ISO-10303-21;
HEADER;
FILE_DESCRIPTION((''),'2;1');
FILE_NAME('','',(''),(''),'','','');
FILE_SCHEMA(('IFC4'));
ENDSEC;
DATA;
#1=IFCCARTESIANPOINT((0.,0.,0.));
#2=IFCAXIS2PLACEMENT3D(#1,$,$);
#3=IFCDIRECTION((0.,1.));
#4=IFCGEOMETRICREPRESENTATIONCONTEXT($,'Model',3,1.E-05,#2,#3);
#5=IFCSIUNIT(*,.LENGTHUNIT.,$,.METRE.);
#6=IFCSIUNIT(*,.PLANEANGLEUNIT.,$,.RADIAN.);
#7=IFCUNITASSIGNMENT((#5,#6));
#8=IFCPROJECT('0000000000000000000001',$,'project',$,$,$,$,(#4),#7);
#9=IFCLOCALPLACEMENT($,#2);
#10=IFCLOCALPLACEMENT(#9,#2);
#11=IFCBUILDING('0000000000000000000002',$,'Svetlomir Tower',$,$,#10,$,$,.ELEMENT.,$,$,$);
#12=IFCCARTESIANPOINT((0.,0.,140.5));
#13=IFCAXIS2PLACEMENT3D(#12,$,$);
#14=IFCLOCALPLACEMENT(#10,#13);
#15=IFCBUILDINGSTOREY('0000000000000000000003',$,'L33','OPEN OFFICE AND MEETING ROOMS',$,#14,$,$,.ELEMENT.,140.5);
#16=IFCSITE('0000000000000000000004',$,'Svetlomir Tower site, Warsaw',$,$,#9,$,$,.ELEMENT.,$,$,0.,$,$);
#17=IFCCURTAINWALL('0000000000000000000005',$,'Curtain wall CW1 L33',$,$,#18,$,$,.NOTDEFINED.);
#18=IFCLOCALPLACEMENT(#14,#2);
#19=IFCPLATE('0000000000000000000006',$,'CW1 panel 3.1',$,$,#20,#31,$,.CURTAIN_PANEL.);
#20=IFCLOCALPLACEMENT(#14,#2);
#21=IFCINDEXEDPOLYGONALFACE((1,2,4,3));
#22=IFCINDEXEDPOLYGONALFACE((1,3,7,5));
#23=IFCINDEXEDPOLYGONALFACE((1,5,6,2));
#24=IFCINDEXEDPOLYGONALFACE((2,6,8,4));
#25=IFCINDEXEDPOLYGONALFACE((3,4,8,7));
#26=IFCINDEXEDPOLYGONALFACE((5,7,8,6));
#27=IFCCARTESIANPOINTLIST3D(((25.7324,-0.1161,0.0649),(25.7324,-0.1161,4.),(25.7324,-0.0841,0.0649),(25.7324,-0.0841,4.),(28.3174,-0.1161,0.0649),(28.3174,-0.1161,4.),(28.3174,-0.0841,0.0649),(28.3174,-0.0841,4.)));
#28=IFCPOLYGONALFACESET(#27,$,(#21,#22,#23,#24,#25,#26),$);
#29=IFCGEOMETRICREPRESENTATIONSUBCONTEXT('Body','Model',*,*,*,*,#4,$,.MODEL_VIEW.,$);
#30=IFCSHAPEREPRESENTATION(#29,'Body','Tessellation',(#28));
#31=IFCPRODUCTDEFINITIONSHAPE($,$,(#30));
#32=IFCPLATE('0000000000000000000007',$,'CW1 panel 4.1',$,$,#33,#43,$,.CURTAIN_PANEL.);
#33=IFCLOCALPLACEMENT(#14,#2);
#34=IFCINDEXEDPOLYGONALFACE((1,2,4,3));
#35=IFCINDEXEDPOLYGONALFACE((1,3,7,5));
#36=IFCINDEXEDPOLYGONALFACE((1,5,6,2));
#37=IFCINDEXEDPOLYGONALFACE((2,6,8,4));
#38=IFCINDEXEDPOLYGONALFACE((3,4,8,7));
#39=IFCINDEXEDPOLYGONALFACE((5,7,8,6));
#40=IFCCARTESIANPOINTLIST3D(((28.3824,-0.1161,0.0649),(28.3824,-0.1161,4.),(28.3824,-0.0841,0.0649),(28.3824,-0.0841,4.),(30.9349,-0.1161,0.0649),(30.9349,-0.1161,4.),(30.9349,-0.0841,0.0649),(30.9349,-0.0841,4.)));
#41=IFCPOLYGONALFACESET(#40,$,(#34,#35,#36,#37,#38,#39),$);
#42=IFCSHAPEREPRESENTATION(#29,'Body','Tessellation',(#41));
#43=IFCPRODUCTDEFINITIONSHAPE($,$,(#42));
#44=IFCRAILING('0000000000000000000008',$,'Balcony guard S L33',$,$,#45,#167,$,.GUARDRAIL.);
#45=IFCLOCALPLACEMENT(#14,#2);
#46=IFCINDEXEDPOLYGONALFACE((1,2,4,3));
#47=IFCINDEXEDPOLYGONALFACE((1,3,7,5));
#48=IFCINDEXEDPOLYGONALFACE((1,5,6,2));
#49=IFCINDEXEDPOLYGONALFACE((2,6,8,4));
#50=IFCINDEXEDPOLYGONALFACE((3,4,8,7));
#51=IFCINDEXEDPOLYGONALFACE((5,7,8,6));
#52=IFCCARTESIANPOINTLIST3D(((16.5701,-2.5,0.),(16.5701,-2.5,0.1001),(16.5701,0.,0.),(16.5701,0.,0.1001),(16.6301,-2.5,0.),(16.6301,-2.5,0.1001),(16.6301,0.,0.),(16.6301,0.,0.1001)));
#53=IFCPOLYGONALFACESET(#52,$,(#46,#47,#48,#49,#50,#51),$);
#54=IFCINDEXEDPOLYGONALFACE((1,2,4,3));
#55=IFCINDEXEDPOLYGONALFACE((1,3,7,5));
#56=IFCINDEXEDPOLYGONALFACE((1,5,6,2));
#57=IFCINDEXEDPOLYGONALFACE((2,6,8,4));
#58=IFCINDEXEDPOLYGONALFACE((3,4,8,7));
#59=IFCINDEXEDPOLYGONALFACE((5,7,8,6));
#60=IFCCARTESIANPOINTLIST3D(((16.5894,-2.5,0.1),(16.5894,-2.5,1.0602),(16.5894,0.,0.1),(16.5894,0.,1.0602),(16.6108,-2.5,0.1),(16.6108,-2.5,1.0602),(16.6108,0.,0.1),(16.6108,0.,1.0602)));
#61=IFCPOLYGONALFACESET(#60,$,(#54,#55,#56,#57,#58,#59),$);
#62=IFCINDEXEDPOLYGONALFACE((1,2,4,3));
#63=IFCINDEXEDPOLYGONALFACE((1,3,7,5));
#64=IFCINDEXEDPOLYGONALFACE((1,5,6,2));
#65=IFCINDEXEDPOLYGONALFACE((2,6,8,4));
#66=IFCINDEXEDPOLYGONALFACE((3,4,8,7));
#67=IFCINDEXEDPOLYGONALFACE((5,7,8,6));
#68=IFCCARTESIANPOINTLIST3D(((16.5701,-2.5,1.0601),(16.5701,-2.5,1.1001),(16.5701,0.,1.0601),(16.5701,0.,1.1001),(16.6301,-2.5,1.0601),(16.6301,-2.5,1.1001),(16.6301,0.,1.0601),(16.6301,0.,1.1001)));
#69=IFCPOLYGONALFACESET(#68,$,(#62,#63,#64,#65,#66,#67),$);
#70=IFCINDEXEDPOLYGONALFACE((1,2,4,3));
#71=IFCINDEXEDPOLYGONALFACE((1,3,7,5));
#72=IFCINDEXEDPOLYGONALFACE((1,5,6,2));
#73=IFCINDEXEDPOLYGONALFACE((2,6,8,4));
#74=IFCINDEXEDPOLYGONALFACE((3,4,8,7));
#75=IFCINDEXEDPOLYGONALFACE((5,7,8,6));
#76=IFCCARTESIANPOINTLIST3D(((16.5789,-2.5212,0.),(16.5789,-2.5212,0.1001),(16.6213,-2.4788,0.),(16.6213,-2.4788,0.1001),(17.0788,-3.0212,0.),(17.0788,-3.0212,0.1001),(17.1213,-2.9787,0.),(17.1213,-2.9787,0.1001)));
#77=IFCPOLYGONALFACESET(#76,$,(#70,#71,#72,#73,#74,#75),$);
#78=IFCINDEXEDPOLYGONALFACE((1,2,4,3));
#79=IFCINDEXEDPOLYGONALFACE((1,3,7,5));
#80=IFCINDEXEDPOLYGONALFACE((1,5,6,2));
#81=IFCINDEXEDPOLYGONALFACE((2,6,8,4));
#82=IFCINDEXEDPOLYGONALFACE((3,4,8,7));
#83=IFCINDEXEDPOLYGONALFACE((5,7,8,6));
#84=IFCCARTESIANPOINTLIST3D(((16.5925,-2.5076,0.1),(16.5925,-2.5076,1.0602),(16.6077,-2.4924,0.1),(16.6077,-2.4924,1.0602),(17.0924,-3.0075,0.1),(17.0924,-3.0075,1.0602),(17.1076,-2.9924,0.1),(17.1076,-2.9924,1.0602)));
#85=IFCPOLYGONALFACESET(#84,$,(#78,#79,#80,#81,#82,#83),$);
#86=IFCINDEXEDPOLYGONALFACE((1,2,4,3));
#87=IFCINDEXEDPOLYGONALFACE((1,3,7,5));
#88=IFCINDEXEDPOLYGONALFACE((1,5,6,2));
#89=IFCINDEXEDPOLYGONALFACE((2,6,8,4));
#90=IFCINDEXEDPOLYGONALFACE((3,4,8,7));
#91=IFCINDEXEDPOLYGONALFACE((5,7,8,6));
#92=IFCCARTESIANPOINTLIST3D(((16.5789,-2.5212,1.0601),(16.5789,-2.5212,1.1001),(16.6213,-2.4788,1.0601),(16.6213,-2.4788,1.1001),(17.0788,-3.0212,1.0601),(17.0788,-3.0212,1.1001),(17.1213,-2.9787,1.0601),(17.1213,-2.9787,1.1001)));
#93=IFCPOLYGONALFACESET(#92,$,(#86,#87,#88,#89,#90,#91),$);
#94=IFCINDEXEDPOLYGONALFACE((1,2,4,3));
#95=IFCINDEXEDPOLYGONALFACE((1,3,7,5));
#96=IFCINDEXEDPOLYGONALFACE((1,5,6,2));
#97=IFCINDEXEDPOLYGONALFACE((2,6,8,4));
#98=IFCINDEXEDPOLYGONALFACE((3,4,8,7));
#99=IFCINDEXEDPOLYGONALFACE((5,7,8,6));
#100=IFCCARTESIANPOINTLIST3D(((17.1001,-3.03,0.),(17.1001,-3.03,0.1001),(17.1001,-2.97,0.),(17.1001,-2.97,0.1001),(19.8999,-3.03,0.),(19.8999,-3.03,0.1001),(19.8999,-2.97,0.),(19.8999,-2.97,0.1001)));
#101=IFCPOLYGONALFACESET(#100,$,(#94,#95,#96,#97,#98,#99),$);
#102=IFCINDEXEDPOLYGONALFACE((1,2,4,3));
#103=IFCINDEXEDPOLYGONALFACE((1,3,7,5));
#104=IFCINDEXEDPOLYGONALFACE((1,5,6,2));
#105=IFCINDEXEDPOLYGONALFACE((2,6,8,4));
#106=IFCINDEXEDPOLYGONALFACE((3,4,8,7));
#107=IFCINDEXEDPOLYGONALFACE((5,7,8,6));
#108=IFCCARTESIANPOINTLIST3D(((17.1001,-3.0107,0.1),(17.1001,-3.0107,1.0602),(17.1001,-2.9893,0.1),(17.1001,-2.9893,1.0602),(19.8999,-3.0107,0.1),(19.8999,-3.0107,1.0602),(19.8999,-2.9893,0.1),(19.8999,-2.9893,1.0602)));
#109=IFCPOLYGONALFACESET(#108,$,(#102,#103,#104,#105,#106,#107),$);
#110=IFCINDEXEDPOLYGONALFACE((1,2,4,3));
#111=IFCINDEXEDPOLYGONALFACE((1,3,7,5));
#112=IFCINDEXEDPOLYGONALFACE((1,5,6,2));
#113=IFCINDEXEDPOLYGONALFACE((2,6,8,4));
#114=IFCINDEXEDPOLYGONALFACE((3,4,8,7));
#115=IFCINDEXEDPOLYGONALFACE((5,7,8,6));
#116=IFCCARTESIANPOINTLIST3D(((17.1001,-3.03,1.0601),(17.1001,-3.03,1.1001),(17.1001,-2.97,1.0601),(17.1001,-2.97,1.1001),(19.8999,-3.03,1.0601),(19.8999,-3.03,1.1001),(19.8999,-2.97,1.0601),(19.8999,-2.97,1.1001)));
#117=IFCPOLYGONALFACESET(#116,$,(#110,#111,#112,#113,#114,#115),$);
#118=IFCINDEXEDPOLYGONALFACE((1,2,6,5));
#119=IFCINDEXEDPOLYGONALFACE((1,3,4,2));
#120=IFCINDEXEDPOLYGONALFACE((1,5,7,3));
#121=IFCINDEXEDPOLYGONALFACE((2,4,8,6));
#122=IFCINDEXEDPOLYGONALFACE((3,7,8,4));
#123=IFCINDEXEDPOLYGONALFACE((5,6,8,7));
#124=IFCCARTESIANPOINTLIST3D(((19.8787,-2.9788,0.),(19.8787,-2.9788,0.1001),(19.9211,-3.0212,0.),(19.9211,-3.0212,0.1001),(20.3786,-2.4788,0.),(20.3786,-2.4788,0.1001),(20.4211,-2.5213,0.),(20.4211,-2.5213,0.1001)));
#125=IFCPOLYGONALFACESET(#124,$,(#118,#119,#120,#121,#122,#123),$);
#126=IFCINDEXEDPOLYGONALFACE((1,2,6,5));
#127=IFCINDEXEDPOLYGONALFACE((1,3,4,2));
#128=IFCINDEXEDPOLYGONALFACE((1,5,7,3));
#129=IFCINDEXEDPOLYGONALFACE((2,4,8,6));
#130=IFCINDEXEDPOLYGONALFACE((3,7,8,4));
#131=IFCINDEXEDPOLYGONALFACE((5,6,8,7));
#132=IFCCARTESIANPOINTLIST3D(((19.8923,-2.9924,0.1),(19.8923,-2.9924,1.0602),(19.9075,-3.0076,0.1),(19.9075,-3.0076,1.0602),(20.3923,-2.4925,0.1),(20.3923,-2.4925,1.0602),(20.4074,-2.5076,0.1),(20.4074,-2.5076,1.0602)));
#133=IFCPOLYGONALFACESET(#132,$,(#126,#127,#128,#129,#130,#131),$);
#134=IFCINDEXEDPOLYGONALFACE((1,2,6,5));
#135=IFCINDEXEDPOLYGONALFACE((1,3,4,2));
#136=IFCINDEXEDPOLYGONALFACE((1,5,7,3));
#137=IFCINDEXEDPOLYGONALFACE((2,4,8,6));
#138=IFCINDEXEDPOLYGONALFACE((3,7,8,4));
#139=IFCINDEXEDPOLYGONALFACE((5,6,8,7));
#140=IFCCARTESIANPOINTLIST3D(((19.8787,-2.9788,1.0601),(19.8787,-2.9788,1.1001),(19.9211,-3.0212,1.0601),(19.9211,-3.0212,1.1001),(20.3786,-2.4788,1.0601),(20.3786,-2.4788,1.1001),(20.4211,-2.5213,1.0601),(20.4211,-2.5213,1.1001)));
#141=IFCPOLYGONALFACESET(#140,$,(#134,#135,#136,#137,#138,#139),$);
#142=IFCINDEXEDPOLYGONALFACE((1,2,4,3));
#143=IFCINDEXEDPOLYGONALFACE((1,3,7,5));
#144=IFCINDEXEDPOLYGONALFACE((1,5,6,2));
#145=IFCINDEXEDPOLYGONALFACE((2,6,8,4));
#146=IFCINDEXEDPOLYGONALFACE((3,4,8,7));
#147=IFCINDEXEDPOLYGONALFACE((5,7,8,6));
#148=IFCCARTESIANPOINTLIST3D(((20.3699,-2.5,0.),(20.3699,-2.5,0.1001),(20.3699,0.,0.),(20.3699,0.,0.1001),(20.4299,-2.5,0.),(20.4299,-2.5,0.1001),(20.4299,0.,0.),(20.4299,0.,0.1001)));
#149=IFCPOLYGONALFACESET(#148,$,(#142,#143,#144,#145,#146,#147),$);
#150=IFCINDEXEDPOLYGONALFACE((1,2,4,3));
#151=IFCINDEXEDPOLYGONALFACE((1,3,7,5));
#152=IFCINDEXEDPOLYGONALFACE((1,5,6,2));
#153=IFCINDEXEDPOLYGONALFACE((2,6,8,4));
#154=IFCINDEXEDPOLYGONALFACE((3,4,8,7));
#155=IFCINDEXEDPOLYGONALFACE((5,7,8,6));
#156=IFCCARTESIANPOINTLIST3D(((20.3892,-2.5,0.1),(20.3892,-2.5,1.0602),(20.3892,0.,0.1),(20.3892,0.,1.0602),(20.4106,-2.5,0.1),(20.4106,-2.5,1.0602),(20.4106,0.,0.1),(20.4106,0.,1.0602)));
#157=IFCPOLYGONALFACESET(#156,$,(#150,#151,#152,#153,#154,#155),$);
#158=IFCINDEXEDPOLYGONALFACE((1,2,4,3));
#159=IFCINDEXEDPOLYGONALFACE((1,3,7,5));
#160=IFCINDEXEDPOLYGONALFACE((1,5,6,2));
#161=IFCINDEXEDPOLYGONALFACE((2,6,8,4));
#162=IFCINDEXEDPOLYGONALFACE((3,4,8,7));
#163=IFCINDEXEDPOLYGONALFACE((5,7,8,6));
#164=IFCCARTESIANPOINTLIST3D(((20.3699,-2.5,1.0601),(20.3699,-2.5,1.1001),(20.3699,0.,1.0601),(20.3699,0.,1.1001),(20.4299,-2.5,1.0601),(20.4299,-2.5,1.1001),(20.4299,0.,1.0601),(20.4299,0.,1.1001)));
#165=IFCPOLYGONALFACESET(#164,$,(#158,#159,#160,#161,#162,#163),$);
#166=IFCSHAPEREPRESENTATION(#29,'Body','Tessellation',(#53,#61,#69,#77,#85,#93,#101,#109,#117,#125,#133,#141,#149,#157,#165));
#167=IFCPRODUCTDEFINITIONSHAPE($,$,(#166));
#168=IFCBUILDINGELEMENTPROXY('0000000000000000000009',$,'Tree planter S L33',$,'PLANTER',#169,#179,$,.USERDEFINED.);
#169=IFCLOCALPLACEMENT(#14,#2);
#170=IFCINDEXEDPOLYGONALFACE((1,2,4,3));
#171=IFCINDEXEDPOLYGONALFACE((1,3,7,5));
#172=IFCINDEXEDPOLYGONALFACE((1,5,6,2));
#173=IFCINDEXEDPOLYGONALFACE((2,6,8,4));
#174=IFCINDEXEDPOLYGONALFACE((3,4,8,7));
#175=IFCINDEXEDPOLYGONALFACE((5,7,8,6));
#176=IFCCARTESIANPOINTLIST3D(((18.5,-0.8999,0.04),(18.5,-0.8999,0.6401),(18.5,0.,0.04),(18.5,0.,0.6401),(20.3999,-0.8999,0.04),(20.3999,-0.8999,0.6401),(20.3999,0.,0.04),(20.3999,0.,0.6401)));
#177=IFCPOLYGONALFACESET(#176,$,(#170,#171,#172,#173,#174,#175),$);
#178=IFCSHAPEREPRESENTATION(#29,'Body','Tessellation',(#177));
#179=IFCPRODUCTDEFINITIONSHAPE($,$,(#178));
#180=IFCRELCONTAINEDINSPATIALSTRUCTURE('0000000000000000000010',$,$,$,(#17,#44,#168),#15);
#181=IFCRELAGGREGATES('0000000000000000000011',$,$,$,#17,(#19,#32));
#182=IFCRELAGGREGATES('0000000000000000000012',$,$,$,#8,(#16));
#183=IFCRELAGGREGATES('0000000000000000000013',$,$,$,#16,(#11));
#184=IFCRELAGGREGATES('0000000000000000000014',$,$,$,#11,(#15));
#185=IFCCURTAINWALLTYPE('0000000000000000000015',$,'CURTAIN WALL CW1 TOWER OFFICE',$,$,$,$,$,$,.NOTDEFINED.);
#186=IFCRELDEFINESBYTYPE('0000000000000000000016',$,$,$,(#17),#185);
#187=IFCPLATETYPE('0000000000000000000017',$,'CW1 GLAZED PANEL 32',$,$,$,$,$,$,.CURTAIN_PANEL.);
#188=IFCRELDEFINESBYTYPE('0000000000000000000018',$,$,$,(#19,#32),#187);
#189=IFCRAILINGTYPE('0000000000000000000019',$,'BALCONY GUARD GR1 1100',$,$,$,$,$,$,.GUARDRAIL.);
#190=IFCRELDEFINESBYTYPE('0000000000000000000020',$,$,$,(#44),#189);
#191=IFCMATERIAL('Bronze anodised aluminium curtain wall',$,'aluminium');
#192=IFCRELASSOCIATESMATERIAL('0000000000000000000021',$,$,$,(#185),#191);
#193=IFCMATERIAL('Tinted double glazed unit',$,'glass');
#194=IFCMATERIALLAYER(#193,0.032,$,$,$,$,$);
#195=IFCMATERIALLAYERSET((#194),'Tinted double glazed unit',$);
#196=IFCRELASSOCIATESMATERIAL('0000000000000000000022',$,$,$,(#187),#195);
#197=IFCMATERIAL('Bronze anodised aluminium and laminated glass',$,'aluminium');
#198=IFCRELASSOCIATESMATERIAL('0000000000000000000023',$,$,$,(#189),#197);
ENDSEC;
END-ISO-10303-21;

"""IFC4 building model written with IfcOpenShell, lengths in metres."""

from ifc_helpers import new_model, si_unit, direction, frame, origin, origin_2d, place, context, subcontext, project, spatial, rectangle, extrude, material, layer, layer_set, type_object, element, aggregate, save


model = new_model("IFC4")

# Units and contexts
model_context = context("Model", 3, precision=1e-05, world=origin(), true_north=direction((0.0, 1.0)))
body_context = subcontext(model_context, "Body", "Model", "MODEL_VIEW")
ifc_project = project(units=[si_unit("LENGTHUNIT", "METRE"), si_unit("PLANEANGLEUNIT", "RADIAN")], contexts=[model_context])

# Site, building, storey
site_placement = place(None, origin())
site = spatial("IfcSite", under=ifc_project, at=site_placement, Name="Svetlomir Tower site, Warsaw", CompositionType="ELEMENT", RefElevation=0.0)
building_placement = place(site_placement, origin())
building = spatial("IfcBuilding", under=site, at=building_placement, Name="Svetlomir Tower", CompositionType="ELEMENT")
storey_placement = place(building_placement, frame((0.0, 0.0, 140.5)))
storey = spatial("IfcBuildingStorey", under=building, at=storey_placement, Name="L33", Description="OPEN OFFICE AND MEETING ROOMS", CompositionType="ELEMENT", Elevation=140.5)

# Curtain wall
ifc_material_1 = material(Name="Bronze anodised aluminium curtain wall", Category="aluminium")
curtain_wall_type = type_object("IfcCurtainWallType", Name="CURTAIN WALL CW1 TOWER OFFICE", PredefinedType="NOTDEFINED", material=ifc_material_1)
curtain_wall_1_placement = place(storey_placement, origin())
curtain_wall_1 = element("IfcCurtainWall", 1, at=curtain_wall_1_placement, inside=storey, type_object=curtain_wall_type, Name="Curtain wall CW1 L33", PredefinedType="NOTDEFINED")

# Plates
ifc_material_2 = material(Name="Tinted double glazed unit", Category="glass")
ifc_layer_1 = layer(ifc_material_2, 0.032)
ifc_layer_set_1 = layer_set([ifc_layer_1], Name="Tinted double glazed unit")
plate_type = type_object("IfcPlateType", Name="CW1 GLAZED PANEL 32", PredefinedType="CURTAIN_PANEL", material=ifc_layer_set_1)
plate_1_placement = place(storey_placement, frame((27.0249, -0.1001, 0.0649), z_axis=(0.0, 0.0, 1.0), x_axis=(1.0, 0.0, 0.0)))
plate_1 = element("IfcPlate", 2, at=plate_1_placement, type_object=plate_type, Name="CW1 panel 3.1", PredefinedType="CURTAIN_PANEL", context=body_context, shape_type="SweptSolid", body=[
    extrude(rectangle(XDim=2.585, YDim=0.032, at=origin_2d()), origin(), (0.0, 0.0, 1.0), 3.9351),
])
plate_2_placement = place(storey_placement, frame((29.6587, -0.1001, 0.0649), z_axis=(0.0, 0.0, 1.0), x_axis=(1.0, 0.0, 0.0)))
plate_2 = element("IfcPlate", 3, at=plate_2_placement, type_object=plate_type, Name="CW1 panel 4.1", PredefinedType="CURTAIN_PANEL", context=body_context, shape_type="SweptSolid", body=[
    extrude(rectangle(XDim=2.5525, YDim=0.032, at=origin_2d()), origin(), (0.0, 0.0, 1.0), 3.9351),
])
aggregate(curtain_wall_1, [plate_1, plate_2])

# Railing
ifc_material_3 = material(Name="Bronze anodised aluminium and laminated glass", Category="aluminium")
railing_type = type_object("IfcRailingType", Name="BALCONY GUARD GR1 1100", PredefinedType="GUARDRAIL", material=ifc_material_3)
railing_placement = place(storey_placement, frame((16.6001, 0.0, 0.0)))
element("IfcRailing", 4, at=railing_placement, inside=storey, type_object=railing_type, Name="Balcony guard S L33", PredefinedType="GUARDRAIL", context=body_context, shape_type="SweptSolid", body=[
    extrude(rectangle(XDim=0.0601, YDim=0.1001, at=origin_2d()), frame((0.0, 0.0, 0.05), z_axis=(0.0, -1.0, 0.0), x_axis=(1.0, 0.0, 0.0)), (0.0, 0.0, 1.0), 2.5),
    extrude(rectangle(XDim=0.0215, YDim=0.9602, at=origin_2d()), frame((0.0, 0.0, 0.5801), z_axis=(0.0, -1.0, 0.0), x_axis=(1.0, 0.0, 0.0)), (0.0, 0.0, 1.0), 2.5),
    extrude(rectangle(XDim=0.0601, YDim=0.04, at=origin_2d()), frame((0.0, 0.0, 1.0801), z_axis=(0.0, -1.0, 0.0), x_axis=(1.0, 0.0, 0.0)), (0.0, 0.0, 1.0), 2.5),
    extrude(rectangle(XDim=0.0601, YDim=0.1001, at=origin_2d()), frame((0.0, -2.5, 0.05), z_axis=(0.707107, -0.707107, 0.0), x_axis=(0.707107, 0.707107, 0.0)), (0.0, 0.0, 1.0), 0.707),
    extrude(rectangle(XDim=0.0215, YDim=0.9602, at=origin_2d()), frame((0.0, -2.5, 0.5801), z_axis=(0.707107, -0.707107, 0.0), x_axis=(0.707107, 0.707107, 0.0)), (0.0, 0.0, 1.0), 0.707),
    extrude(rectangle(XDim=0.0601, YDim=0.04, at=origin_2d()), frame((0.0, -2.5, 1.0801), z_axis=(0.707107, -0.707107, 0.0), x_axis=(0.707107, 0.707107, 0.0)), (0.0, 0.0, 1.0), 0.707),
    extrude(rectangle(XDim=0.0601, YDim=0.1001, at=origin_2d()), frame((0.5, -3.0, 0.05), z_axis=(1.0, 0.0, 0.0), x_axis=(0.0, 1.0, 0.0)), (0.0, 0.0, 1.0), 2.7998),
    extrude(rectangle(XDim=0.0215, YDim=0.9602, at=origin_2d()), frame((0.5, -3.0, 0.5801), z_axis=(1.0, 0.0, 0.0), x_axis=(0.0, 1.0, 0.0)), (0.0, 0.0, 1.0), 2.7998),
    extrude(rectangle(XDim=0.0601, YDim=0.04, at=origin_2d()), frame((0.5, -3.0, 1.0801), z_axis=(1.0, 0.0, 0.0), x_axis=(0.0, 1.0, 0.0)), (0.0, 0.0, 1.0), 2.7998),
    extrude(rectangle(XDim=0.0601, YDim=0.1001, at=origin_2d()), frame((3.2998, -3.0, 0.05), z_axis=(0.707107, 0.707107, 0.0), x_axis=(-0.707107, 0.707107, 0.0)), (0.0, 0.0, 1.0), 0.707),
    extrude(rectangle(XDim=0.0215, YDim=0.9602, at=origin_2d()), frame((3.2998, -3.0, 0.5801), z_axis=(0.707107, 0.707107, 0.0), x_axis=(-0.707107, 0.707107, 0.0)), (0.0, 0.0, 1.0), 0.707),
    extrude(rectangle(XDim=0.0601, YDim=0.04, at=origin_2d()), frame((3.2998, -3.0, 1.0801), z_axis=(0.707107, 0.707107, 0.0), x_axis=(-0.707107, 0.707107, 0.0)), (0.0, 0.0, 1.0), 0.707),
    extrude(rectangle(XDim=0.0601, YDim=0.1001, at=origin_2d()), frame((3.7998, -2.5, 0.05), z_axis=(0.0, 1.0, 0.0), x_axis=(-1.0, 0.0, 0.0)), (0.0, 0.0, 1.0), 2.5),
    extrude(rectangle(XDim=0.0215, YDim=0.9602, at=origin_2d()), frame((3.7998, -2.5, 0.5801), z_axis=(0.0, 1.0, 0.0), x_axis=(-1.0, 0.0, 0.0)), (0.0, 0.0, 1.0), 2.5),
    extrude(rectangle(XDim=0.0601, YDim=0.04, at=origin_2d()), frame((3.7998, -2.5, 1.0801), z_axis=(0.0, 1.0, 0.0), x_axis=(-1.0, 0.0, 0.0)), (0.0, 0.0, 1.0), 2.5),
])

# Building element proxy
proxy_placement = place(storey_placement, frame((19.45, -0.45, 0.04), z_axis=(0.0, 0.0, 1.0), x_axis=(1.0, 0.0, 0.0)))
element("IfcBuildingElementProxy", 5, at=proxy_placement, inside=storey, Name="Tree planter S L33", ObjectType="PLANTER", PredefinedType="USERDEFINED", context=body_context, shape_type="SweptSolid", body=[
    extrude(rectangle(XDim=1.8999, YDim=0.8999, at=origin_2d()), origin(), (0.0, 0.0, 1.0), 0.6001),
])

save(model, "model.ifc")
